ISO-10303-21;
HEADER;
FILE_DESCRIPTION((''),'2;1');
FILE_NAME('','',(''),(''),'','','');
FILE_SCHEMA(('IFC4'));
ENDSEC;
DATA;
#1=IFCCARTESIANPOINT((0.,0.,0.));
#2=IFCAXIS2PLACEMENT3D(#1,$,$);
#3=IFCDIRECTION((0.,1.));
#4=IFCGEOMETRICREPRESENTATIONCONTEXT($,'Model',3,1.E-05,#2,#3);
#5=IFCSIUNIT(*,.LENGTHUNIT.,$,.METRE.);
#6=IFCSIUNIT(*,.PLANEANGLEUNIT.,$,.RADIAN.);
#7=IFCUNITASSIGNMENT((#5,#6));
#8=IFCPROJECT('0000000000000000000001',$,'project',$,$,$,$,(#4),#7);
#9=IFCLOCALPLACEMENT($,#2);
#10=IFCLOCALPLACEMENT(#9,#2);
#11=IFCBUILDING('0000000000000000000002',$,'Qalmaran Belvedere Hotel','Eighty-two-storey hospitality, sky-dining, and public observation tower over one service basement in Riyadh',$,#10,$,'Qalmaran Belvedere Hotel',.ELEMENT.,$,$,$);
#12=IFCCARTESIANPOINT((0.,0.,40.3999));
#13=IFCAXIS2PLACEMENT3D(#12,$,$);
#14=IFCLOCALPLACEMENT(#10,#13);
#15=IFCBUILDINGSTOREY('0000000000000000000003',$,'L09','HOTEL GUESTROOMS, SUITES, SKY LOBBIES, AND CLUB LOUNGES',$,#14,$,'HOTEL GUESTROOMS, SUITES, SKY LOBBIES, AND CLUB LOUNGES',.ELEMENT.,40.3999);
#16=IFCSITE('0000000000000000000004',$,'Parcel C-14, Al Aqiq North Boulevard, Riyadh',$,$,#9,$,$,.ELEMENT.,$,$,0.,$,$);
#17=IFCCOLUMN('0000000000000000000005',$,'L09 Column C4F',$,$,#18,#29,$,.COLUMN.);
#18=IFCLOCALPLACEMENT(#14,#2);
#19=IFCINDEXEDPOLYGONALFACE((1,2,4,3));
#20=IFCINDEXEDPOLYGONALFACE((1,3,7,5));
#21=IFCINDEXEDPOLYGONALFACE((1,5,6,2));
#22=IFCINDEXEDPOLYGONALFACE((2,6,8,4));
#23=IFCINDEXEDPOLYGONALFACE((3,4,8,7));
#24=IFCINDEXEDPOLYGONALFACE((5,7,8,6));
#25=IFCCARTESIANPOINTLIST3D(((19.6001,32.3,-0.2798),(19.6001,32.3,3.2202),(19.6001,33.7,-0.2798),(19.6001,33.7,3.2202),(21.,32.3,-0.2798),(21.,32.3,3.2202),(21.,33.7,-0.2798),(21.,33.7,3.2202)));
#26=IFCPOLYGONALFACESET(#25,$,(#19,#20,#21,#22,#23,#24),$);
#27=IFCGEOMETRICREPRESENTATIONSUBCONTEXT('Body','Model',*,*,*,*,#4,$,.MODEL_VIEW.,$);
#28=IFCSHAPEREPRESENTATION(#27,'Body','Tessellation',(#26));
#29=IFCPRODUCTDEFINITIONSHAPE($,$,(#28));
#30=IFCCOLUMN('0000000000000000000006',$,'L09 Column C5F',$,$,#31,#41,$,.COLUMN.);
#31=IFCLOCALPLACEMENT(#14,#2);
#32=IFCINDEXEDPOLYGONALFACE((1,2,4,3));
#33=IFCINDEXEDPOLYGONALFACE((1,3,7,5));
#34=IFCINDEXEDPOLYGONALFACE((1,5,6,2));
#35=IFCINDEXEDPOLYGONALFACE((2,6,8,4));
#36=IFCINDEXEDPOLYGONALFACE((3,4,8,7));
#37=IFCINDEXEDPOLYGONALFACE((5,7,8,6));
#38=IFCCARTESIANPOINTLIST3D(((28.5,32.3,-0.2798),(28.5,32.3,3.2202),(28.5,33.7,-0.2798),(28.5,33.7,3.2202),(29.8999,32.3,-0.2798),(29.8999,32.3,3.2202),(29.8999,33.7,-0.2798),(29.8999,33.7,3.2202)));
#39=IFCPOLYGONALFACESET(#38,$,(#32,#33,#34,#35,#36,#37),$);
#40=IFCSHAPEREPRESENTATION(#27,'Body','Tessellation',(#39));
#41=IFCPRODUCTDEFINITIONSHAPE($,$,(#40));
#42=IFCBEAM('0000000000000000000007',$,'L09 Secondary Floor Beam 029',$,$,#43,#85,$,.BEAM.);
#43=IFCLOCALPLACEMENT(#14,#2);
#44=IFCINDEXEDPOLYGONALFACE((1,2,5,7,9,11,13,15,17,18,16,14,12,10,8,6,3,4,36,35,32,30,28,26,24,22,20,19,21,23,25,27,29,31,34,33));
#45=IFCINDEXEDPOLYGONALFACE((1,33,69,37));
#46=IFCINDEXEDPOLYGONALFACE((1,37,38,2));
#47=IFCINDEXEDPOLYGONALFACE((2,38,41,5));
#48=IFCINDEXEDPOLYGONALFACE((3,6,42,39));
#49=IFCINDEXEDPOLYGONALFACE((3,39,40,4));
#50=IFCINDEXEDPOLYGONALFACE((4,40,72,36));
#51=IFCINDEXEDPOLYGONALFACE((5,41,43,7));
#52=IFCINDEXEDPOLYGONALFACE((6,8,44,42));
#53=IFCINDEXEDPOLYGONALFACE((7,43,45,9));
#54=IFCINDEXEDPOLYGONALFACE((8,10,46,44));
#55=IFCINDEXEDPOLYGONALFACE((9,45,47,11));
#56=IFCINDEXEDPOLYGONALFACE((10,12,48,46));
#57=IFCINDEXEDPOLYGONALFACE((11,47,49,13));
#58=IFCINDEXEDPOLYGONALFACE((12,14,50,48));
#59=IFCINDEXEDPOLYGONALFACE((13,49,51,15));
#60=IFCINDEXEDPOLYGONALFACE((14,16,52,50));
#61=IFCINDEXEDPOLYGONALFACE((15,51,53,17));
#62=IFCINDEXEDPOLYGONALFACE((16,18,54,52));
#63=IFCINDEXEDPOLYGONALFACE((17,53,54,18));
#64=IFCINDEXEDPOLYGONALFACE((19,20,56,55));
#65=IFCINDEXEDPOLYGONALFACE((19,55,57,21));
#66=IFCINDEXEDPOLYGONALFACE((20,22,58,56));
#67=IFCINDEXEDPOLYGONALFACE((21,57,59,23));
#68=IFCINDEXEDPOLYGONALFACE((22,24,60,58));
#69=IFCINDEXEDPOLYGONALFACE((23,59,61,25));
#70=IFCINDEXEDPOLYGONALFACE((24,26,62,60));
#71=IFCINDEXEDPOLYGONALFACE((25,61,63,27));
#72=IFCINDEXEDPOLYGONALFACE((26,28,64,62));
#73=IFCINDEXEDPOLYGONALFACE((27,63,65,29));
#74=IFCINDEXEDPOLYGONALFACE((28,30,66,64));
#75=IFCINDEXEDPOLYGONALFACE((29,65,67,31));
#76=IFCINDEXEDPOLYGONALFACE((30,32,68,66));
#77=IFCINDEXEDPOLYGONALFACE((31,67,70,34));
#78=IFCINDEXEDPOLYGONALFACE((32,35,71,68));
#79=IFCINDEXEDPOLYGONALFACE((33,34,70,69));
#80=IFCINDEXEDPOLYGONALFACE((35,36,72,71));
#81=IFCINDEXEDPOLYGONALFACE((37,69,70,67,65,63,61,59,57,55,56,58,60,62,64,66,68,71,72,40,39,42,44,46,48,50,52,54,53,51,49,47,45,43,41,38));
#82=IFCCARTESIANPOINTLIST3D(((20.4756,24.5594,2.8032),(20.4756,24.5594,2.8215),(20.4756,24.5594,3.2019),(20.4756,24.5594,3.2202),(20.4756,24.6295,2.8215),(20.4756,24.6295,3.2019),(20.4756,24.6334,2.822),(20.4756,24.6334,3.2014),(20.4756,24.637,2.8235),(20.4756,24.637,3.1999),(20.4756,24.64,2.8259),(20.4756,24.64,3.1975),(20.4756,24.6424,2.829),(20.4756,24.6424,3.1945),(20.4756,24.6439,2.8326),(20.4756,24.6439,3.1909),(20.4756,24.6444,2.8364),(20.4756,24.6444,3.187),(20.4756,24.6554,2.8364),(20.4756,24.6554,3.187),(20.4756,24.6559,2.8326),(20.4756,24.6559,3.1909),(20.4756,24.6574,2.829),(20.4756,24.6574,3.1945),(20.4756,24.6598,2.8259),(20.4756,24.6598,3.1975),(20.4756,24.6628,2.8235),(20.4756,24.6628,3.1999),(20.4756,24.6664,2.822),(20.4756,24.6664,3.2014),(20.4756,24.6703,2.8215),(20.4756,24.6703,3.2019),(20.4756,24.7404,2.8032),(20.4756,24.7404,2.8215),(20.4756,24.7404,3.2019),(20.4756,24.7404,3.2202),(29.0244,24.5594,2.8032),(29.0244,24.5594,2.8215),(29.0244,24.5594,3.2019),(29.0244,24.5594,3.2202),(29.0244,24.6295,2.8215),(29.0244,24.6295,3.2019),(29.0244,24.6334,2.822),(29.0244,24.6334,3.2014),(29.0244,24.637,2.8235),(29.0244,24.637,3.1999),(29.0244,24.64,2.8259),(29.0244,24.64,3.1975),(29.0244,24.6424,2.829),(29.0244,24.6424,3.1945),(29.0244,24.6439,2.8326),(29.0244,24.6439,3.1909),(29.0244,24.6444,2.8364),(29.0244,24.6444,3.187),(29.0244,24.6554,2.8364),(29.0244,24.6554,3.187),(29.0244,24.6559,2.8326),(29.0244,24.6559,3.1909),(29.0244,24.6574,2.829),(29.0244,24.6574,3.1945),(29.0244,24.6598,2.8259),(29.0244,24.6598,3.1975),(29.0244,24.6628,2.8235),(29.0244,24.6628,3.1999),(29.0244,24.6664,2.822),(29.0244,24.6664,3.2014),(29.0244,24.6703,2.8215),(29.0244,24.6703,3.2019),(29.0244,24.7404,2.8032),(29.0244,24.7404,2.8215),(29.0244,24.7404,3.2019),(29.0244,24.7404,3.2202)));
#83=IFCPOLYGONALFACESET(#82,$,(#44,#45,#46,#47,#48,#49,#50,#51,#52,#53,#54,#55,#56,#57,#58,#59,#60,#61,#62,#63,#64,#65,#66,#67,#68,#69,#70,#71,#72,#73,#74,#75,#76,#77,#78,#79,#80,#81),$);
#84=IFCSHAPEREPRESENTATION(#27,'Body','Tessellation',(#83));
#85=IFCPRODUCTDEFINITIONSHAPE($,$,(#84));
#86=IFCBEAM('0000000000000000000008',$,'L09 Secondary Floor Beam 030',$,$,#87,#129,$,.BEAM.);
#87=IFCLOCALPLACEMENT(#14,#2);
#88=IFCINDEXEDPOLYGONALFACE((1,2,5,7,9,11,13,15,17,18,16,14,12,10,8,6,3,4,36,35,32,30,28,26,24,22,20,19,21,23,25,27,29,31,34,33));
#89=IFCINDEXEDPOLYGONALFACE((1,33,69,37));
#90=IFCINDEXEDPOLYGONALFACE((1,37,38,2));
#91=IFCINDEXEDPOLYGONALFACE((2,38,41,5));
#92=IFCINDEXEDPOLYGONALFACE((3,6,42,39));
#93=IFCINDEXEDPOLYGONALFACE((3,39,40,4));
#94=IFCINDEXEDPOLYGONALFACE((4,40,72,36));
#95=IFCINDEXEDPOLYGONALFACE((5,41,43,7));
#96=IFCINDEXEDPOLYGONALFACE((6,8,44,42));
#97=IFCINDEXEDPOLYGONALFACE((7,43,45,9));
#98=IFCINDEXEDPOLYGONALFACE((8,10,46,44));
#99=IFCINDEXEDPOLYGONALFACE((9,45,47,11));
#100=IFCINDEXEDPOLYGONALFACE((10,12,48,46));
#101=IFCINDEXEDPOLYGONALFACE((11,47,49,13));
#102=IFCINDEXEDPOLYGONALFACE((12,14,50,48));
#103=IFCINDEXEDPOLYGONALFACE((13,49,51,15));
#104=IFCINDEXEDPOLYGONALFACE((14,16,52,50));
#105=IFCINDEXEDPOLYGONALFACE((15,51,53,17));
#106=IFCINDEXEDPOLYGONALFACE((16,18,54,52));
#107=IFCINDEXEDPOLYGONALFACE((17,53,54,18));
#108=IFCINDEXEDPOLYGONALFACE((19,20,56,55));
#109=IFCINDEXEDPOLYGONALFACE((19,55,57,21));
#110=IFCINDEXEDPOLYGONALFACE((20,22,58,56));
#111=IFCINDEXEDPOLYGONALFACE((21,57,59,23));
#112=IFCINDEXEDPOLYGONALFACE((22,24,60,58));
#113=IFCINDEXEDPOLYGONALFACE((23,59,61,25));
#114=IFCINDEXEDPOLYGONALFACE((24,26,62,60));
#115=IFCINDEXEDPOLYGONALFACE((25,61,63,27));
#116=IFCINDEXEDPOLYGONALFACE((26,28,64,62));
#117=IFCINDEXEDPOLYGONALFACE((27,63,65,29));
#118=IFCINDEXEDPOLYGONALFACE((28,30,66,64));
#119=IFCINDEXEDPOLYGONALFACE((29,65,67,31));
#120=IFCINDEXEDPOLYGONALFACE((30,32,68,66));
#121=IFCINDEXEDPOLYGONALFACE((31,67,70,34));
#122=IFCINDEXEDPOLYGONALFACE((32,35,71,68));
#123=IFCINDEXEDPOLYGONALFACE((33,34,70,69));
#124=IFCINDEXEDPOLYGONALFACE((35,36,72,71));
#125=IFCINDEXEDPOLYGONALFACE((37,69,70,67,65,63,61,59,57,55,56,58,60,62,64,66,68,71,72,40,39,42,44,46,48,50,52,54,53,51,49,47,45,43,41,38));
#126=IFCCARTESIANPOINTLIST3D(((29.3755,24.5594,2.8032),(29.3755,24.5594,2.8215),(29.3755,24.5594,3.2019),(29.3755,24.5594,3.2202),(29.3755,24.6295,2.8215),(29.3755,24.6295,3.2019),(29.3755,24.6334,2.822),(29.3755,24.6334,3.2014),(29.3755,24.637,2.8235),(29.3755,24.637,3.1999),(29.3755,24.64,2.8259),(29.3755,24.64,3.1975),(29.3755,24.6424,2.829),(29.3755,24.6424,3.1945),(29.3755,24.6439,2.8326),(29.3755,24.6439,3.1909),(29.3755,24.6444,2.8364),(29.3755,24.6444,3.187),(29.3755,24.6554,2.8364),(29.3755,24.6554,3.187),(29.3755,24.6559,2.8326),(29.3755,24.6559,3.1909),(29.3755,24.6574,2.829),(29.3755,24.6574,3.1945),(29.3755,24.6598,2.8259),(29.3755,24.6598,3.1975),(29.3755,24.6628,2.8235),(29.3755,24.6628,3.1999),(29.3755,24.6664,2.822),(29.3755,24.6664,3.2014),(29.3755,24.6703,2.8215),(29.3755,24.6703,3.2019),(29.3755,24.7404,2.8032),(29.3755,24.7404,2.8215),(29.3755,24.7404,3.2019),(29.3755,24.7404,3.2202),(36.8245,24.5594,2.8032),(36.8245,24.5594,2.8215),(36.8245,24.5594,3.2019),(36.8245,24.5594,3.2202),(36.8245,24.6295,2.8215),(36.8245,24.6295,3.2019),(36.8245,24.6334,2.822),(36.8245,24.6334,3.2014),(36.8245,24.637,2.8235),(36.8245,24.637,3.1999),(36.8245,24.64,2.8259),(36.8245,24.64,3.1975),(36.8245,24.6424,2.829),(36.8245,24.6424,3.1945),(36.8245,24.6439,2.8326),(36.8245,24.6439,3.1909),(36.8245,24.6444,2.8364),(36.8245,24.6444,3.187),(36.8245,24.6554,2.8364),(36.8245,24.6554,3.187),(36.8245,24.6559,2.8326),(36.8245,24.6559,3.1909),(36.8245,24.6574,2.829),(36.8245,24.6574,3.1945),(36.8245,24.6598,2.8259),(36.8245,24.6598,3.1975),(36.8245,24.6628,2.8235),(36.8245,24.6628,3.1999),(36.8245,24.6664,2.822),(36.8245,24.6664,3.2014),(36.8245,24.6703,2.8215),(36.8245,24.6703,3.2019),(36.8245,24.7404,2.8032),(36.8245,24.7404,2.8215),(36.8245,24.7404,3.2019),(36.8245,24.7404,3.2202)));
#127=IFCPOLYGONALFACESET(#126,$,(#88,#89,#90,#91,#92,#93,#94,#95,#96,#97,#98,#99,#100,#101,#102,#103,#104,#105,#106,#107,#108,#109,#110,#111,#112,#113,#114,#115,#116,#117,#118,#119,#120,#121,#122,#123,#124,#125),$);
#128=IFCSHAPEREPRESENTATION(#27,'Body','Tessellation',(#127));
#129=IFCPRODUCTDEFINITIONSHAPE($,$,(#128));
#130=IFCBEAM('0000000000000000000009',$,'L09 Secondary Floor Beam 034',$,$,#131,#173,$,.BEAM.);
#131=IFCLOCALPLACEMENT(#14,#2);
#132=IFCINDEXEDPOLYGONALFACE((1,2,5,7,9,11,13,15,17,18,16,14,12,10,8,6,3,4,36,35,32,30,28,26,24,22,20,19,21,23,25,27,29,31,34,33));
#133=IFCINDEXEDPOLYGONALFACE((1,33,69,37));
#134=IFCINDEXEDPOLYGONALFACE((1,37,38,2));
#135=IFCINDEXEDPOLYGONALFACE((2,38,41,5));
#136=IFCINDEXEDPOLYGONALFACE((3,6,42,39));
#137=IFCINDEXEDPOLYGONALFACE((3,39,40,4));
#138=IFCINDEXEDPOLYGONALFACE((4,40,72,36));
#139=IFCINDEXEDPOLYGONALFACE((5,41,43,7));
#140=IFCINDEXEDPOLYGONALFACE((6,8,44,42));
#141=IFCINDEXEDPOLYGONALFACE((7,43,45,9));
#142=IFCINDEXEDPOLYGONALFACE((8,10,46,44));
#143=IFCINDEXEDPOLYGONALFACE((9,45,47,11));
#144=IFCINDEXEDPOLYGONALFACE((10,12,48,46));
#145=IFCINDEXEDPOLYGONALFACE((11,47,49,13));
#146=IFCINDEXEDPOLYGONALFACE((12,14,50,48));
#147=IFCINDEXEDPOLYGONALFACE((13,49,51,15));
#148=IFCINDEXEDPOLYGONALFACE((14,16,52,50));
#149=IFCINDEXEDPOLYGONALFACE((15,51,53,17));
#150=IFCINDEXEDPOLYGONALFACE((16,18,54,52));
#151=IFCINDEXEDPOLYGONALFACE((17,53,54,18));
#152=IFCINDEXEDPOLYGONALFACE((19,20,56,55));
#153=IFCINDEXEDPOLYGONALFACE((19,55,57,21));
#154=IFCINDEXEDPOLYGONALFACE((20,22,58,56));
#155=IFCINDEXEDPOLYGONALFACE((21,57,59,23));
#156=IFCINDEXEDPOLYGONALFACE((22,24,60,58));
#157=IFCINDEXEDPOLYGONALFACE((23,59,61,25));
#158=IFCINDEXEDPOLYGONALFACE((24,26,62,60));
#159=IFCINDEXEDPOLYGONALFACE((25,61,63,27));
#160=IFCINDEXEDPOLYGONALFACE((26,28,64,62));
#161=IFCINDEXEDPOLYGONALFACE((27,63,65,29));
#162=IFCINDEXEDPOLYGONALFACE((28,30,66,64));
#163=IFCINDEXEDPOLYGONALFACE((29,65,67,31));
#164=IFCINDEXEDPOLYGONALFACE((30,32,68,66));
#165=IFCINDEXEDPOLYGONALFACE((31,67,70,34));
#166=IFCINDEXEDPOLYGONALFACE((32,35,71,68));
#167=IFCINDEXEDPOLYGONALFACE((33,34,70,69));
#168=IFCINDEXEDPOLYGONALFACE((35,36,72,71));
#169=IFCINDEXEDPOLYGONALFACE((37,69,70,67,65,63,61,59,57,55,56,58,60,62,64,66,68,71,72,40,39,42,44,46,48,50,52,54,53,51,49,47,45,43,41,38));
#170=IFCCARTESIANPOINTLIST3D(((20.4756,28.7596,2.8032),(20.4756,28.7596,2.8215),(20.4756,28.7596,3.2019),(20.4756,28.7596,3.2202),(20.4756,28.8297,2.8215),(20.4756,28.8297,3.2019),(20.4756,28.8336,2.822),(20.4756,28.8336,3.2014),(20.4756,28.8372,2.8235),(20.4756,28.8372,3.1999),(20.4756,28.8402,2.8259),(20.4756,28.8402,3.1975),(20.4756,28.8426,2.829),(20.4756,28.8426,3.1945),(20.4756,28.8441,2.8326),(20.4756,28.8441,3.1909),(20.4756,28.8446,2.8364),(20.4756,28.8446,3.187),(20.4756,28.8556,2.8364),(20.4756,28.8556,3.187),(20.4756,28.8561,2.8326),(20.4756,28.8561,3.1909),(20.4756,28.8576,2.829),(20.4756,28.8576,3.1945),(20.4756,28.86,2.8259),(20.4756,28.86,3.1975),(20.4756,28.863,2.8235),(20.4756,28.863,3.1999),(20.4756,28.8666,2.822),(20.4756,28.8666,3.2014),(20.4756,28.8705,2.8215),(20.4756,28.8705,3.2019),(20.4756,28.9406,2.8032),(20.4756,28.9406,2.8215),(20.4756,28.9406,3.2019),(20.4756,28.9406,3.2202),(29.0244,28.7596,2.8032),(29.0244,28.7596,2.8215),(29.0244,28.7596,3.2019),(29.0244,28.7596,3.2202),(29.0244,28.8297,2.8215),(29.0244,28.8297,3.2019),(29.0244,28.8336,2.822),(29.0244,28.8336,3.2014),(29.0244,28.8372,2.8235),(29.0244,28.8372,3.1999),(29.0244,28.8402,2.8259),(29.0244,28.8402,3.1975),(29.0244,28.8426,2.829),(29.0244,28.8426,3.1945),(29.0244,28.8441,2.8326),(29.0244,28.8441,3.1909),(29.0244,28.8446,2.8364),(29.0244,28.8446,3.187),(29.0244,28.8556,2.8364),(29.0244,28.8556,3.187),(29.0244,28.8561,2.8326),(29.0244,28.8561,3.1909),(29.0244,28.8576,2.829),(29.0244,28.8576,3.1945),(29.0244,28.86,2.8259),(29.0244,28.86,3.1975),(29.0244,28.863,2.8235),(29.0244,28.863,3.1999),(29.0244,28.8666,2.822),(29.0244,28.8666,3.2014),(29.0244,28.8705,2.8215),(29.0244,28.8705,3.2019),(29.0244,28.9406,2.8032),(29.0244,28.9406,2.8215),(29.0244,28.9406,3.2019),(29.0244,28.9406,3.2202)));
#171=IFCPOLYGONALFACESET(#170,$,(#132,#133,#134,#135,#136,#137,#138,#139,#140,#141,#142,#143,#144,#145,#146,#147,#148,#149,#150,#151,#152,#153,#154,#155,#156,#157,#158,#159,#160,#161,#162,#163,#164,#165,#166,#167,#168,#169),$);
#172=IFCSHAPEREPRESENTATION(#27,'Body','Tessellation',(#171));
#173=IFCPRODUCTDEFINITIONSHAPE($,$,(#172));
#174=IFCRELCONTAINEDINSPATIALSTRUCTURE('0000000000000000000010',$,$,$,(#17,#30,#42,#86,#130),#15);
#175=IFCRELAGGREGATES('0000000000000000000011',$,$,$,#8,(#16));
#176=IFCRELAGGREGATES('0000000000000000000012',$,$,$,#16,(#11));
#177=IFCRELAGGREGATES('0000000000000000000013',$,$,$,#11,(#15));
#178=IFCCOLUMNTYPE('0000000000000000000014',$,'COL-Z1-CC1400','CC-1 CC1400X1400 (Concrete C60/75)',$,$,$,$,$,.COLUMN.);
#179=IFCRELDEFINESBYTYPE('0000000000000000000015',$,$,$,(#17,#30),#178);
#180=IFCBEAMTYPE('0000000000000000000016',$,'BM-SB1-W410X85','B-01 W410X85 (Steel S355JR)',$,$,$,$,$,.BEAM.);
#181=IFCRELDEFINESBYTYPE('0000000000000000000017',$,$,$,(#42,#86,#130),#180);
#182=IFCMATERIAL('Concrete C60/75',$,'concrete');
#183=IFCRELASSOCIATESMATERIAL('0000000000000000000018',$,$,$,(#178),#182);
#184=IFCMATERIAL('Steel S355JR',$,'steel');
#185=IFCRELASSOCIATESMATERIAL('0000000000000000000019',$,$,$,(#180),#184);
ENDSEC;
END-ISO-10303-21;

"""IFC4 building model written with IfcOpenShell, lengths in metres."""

from ifc_helpers import new_model, si_unit, direction, frame, origin, origin_2d, place, context, subcontext, project, spatial, rectangle, i_section, extrude, material, material_profile, profile_set, type_object, element, save


model = new_model("IFC4")

# Units and contexts
model_context = context("Model", 3, precision=1e-05, world=origin(), true_north=direction((0.0, 1.0)))
body_context = subcontext(model_context, "Body", "Model", "MODEL_VIEW")
ifc_project = project(units=[si_unit("LENGTHUNIT", "METRE"), si_unit("PLANEANGLEUNIT", "RADIAN")], contexts=[model_context])

# Site, building, storey
site_placement = place(None, origin())
site = spatial("IfcSite", under=ifc_project, at=site_placement, Name="Parcel C-14, Al Aqiq North Boulevard, Riyadh", CompositionType="ELEMENT", RefElevation=0.0)
building_placement = place(site_placement, origin())
building = spatial("IfcBuilding", under=site, at=building_placement, Name="Qalmaran Belvedere Hotel", Description="Eighty-two-storey hospitality, sky-dining, and public observation tower over one service basement in Riyadh", LongName="Qalmaran Belvedere Hotel", CompositionType="ELEMENT")
storey_placement = place(building_placement, frame((0.0, 0.0, 40.3999)))
storey = spatial("IfcBuildingStorey", under=building, at=storey_placement, Name="L09", Description="HOTEL GUESTROOMS, SUITES, SKY LOBBIES, AND CLUB LOUNGES", LongName="HOTEL GUESTROOMS, SUITES, SKY LOBBIES, AND CLUB LOUNGES", CompositionType="ELEMENT", Elevation=40.3999)

# Columns
ifc_material_1 = material(Name="Concrete C60/75", Category="concrete")
ifc_material_profile_1 = material_profile(ifc_material_1, rectangle(XDim=1.3999, YDim=1.3999, at=origin_2d()), Name="CC1400X1400")
ifc_profile_set_1 = profile_set([ifc_material_profile_1], Name="Concrete C60/75")
column_type = type_object("IfcColumnType", Name="COL-Z1-CC1400", Description="CC-1 CC1400X1400 (Concrete C60/75)", PredefinedType="COLUMN", material=ifc_profile_set_1)
for number, where, z_axis, x_axis, name in (
    (1, (20.3, 33.0, -0.2798), (0.0, 0.0, 1.0), (1.0, 0.0, 0.0), "L09 Column C4F"),
    (2, (29.2, 33.0, -0.2798), (0.0, 0.0, 1.0), (1.0, 0.0, 0.0), "L09 Column C5F"),
):
    element("IfcColumn", number, at=place(storey_placement, frame(where, z_axis=z_axis, x_axis=x_axis)), inside=storey, type_object=column_type, Name=name, PredefinedType="COLUMN", context=body_context, shape_type="SweptSolid", body=[
        extrude(rectangle(XDim=1.3999, YDim=1.3999, at=origin_2d()), origin(), (0.0, 0.0, 1.0), 3.5),
    ])

# Beams
ifc_material_2 = material(Name="Steel S355JR", Category="steel")
ifc_material_profile_2 = material_profile(ifc_material_2, i_section(OverallWidth=0.1809, OverallDepth=0.417, WebThickness=0.011, FlangeThickness=0.0183, FilletRadius=0.0149, at=origin_2d()), Name="W410X85")
ifc_profile_set_2 = profile_set([ifc_material_profile_2], Name="Steel S355JR")
beam_type_1 = type_object("IfcBeamType", Name="BM-SB1-W410X85", Description="B-01 W410X85 (Steel S355JR)", PredefinedType="BEAM", material=ifc_profile_set_2)
beam_1_placement = place(storey_placement, frame((20.4756, 24.6499, 3.0117), z_axis=(1.0, 0.0, 0.0), x_axis=(0.0, 1.0, 0.0)))
element("IfcBeam", 3, at=beam_1_placement, inside=storey, type_object=beam_type_1, Name="L09 Secondary Floor Beam 029", PredefinedType="BEAM", context=body_context, shape_type="SweptSolid", body=[
    extrude(i_section(OverallWidth=0.1809, OverallDepth=0.417, WebThickness=0.011, FlangeThickness=0.0183, FilletRadius=0.0149, at=origin_2d()), origin(), (0.0, 0.0, 1.0), 8.5488),
])
beam_2_placement = place(storey_placement, frame((29.3755, 24.6499, 3.0117), z_axis=(1.0, 0.0, 0.0), x_axis=(0.0, 1.0, 0.0)))
element("IfcBeam", 4, at=beam_2_placement, inside=storey, type_object=beam_type_1, Name="L09 Secondary Floor Beam 030", PredefinedType="BEAM", context=body_context, shape_type="SweptSolid", body=[
    extrude(i_section(OverallWidth=0.1809, OverallDepth=0.417, WebThickness=0.011, FlangeThickness=0.0183, FilletRadius=0.0149, at=origin_2d()), origin(), (0.0, 0.0, 1.0), 7.449),
])
beam_3_placement = place(storey_placement, frame((20.4756, 28.8501, 3.0117), z_axis=(1.0, 0.0, 0.0), x_axis=(0.0, 1.0, 0.0)))
element("IfcBeam", 5, at=beam_3_placement, inside=storey, type_object=beam_type_1, Name="L09 Secondary Floor Beam 034", PredefinedType="BEAM", context=body_context, shape_type="SweptSolid", body=[
    extrude(i_section(OverallWidth=0.1809, OverallDepth=0.417, WebThickness=0.011, FlangeThickness=0.0183, FilletRadius=0.0149, at=origin_2d()), origin(), (0.0, 0.0, 1.0), 8.5488),
])

save(model, "model.ifc")
